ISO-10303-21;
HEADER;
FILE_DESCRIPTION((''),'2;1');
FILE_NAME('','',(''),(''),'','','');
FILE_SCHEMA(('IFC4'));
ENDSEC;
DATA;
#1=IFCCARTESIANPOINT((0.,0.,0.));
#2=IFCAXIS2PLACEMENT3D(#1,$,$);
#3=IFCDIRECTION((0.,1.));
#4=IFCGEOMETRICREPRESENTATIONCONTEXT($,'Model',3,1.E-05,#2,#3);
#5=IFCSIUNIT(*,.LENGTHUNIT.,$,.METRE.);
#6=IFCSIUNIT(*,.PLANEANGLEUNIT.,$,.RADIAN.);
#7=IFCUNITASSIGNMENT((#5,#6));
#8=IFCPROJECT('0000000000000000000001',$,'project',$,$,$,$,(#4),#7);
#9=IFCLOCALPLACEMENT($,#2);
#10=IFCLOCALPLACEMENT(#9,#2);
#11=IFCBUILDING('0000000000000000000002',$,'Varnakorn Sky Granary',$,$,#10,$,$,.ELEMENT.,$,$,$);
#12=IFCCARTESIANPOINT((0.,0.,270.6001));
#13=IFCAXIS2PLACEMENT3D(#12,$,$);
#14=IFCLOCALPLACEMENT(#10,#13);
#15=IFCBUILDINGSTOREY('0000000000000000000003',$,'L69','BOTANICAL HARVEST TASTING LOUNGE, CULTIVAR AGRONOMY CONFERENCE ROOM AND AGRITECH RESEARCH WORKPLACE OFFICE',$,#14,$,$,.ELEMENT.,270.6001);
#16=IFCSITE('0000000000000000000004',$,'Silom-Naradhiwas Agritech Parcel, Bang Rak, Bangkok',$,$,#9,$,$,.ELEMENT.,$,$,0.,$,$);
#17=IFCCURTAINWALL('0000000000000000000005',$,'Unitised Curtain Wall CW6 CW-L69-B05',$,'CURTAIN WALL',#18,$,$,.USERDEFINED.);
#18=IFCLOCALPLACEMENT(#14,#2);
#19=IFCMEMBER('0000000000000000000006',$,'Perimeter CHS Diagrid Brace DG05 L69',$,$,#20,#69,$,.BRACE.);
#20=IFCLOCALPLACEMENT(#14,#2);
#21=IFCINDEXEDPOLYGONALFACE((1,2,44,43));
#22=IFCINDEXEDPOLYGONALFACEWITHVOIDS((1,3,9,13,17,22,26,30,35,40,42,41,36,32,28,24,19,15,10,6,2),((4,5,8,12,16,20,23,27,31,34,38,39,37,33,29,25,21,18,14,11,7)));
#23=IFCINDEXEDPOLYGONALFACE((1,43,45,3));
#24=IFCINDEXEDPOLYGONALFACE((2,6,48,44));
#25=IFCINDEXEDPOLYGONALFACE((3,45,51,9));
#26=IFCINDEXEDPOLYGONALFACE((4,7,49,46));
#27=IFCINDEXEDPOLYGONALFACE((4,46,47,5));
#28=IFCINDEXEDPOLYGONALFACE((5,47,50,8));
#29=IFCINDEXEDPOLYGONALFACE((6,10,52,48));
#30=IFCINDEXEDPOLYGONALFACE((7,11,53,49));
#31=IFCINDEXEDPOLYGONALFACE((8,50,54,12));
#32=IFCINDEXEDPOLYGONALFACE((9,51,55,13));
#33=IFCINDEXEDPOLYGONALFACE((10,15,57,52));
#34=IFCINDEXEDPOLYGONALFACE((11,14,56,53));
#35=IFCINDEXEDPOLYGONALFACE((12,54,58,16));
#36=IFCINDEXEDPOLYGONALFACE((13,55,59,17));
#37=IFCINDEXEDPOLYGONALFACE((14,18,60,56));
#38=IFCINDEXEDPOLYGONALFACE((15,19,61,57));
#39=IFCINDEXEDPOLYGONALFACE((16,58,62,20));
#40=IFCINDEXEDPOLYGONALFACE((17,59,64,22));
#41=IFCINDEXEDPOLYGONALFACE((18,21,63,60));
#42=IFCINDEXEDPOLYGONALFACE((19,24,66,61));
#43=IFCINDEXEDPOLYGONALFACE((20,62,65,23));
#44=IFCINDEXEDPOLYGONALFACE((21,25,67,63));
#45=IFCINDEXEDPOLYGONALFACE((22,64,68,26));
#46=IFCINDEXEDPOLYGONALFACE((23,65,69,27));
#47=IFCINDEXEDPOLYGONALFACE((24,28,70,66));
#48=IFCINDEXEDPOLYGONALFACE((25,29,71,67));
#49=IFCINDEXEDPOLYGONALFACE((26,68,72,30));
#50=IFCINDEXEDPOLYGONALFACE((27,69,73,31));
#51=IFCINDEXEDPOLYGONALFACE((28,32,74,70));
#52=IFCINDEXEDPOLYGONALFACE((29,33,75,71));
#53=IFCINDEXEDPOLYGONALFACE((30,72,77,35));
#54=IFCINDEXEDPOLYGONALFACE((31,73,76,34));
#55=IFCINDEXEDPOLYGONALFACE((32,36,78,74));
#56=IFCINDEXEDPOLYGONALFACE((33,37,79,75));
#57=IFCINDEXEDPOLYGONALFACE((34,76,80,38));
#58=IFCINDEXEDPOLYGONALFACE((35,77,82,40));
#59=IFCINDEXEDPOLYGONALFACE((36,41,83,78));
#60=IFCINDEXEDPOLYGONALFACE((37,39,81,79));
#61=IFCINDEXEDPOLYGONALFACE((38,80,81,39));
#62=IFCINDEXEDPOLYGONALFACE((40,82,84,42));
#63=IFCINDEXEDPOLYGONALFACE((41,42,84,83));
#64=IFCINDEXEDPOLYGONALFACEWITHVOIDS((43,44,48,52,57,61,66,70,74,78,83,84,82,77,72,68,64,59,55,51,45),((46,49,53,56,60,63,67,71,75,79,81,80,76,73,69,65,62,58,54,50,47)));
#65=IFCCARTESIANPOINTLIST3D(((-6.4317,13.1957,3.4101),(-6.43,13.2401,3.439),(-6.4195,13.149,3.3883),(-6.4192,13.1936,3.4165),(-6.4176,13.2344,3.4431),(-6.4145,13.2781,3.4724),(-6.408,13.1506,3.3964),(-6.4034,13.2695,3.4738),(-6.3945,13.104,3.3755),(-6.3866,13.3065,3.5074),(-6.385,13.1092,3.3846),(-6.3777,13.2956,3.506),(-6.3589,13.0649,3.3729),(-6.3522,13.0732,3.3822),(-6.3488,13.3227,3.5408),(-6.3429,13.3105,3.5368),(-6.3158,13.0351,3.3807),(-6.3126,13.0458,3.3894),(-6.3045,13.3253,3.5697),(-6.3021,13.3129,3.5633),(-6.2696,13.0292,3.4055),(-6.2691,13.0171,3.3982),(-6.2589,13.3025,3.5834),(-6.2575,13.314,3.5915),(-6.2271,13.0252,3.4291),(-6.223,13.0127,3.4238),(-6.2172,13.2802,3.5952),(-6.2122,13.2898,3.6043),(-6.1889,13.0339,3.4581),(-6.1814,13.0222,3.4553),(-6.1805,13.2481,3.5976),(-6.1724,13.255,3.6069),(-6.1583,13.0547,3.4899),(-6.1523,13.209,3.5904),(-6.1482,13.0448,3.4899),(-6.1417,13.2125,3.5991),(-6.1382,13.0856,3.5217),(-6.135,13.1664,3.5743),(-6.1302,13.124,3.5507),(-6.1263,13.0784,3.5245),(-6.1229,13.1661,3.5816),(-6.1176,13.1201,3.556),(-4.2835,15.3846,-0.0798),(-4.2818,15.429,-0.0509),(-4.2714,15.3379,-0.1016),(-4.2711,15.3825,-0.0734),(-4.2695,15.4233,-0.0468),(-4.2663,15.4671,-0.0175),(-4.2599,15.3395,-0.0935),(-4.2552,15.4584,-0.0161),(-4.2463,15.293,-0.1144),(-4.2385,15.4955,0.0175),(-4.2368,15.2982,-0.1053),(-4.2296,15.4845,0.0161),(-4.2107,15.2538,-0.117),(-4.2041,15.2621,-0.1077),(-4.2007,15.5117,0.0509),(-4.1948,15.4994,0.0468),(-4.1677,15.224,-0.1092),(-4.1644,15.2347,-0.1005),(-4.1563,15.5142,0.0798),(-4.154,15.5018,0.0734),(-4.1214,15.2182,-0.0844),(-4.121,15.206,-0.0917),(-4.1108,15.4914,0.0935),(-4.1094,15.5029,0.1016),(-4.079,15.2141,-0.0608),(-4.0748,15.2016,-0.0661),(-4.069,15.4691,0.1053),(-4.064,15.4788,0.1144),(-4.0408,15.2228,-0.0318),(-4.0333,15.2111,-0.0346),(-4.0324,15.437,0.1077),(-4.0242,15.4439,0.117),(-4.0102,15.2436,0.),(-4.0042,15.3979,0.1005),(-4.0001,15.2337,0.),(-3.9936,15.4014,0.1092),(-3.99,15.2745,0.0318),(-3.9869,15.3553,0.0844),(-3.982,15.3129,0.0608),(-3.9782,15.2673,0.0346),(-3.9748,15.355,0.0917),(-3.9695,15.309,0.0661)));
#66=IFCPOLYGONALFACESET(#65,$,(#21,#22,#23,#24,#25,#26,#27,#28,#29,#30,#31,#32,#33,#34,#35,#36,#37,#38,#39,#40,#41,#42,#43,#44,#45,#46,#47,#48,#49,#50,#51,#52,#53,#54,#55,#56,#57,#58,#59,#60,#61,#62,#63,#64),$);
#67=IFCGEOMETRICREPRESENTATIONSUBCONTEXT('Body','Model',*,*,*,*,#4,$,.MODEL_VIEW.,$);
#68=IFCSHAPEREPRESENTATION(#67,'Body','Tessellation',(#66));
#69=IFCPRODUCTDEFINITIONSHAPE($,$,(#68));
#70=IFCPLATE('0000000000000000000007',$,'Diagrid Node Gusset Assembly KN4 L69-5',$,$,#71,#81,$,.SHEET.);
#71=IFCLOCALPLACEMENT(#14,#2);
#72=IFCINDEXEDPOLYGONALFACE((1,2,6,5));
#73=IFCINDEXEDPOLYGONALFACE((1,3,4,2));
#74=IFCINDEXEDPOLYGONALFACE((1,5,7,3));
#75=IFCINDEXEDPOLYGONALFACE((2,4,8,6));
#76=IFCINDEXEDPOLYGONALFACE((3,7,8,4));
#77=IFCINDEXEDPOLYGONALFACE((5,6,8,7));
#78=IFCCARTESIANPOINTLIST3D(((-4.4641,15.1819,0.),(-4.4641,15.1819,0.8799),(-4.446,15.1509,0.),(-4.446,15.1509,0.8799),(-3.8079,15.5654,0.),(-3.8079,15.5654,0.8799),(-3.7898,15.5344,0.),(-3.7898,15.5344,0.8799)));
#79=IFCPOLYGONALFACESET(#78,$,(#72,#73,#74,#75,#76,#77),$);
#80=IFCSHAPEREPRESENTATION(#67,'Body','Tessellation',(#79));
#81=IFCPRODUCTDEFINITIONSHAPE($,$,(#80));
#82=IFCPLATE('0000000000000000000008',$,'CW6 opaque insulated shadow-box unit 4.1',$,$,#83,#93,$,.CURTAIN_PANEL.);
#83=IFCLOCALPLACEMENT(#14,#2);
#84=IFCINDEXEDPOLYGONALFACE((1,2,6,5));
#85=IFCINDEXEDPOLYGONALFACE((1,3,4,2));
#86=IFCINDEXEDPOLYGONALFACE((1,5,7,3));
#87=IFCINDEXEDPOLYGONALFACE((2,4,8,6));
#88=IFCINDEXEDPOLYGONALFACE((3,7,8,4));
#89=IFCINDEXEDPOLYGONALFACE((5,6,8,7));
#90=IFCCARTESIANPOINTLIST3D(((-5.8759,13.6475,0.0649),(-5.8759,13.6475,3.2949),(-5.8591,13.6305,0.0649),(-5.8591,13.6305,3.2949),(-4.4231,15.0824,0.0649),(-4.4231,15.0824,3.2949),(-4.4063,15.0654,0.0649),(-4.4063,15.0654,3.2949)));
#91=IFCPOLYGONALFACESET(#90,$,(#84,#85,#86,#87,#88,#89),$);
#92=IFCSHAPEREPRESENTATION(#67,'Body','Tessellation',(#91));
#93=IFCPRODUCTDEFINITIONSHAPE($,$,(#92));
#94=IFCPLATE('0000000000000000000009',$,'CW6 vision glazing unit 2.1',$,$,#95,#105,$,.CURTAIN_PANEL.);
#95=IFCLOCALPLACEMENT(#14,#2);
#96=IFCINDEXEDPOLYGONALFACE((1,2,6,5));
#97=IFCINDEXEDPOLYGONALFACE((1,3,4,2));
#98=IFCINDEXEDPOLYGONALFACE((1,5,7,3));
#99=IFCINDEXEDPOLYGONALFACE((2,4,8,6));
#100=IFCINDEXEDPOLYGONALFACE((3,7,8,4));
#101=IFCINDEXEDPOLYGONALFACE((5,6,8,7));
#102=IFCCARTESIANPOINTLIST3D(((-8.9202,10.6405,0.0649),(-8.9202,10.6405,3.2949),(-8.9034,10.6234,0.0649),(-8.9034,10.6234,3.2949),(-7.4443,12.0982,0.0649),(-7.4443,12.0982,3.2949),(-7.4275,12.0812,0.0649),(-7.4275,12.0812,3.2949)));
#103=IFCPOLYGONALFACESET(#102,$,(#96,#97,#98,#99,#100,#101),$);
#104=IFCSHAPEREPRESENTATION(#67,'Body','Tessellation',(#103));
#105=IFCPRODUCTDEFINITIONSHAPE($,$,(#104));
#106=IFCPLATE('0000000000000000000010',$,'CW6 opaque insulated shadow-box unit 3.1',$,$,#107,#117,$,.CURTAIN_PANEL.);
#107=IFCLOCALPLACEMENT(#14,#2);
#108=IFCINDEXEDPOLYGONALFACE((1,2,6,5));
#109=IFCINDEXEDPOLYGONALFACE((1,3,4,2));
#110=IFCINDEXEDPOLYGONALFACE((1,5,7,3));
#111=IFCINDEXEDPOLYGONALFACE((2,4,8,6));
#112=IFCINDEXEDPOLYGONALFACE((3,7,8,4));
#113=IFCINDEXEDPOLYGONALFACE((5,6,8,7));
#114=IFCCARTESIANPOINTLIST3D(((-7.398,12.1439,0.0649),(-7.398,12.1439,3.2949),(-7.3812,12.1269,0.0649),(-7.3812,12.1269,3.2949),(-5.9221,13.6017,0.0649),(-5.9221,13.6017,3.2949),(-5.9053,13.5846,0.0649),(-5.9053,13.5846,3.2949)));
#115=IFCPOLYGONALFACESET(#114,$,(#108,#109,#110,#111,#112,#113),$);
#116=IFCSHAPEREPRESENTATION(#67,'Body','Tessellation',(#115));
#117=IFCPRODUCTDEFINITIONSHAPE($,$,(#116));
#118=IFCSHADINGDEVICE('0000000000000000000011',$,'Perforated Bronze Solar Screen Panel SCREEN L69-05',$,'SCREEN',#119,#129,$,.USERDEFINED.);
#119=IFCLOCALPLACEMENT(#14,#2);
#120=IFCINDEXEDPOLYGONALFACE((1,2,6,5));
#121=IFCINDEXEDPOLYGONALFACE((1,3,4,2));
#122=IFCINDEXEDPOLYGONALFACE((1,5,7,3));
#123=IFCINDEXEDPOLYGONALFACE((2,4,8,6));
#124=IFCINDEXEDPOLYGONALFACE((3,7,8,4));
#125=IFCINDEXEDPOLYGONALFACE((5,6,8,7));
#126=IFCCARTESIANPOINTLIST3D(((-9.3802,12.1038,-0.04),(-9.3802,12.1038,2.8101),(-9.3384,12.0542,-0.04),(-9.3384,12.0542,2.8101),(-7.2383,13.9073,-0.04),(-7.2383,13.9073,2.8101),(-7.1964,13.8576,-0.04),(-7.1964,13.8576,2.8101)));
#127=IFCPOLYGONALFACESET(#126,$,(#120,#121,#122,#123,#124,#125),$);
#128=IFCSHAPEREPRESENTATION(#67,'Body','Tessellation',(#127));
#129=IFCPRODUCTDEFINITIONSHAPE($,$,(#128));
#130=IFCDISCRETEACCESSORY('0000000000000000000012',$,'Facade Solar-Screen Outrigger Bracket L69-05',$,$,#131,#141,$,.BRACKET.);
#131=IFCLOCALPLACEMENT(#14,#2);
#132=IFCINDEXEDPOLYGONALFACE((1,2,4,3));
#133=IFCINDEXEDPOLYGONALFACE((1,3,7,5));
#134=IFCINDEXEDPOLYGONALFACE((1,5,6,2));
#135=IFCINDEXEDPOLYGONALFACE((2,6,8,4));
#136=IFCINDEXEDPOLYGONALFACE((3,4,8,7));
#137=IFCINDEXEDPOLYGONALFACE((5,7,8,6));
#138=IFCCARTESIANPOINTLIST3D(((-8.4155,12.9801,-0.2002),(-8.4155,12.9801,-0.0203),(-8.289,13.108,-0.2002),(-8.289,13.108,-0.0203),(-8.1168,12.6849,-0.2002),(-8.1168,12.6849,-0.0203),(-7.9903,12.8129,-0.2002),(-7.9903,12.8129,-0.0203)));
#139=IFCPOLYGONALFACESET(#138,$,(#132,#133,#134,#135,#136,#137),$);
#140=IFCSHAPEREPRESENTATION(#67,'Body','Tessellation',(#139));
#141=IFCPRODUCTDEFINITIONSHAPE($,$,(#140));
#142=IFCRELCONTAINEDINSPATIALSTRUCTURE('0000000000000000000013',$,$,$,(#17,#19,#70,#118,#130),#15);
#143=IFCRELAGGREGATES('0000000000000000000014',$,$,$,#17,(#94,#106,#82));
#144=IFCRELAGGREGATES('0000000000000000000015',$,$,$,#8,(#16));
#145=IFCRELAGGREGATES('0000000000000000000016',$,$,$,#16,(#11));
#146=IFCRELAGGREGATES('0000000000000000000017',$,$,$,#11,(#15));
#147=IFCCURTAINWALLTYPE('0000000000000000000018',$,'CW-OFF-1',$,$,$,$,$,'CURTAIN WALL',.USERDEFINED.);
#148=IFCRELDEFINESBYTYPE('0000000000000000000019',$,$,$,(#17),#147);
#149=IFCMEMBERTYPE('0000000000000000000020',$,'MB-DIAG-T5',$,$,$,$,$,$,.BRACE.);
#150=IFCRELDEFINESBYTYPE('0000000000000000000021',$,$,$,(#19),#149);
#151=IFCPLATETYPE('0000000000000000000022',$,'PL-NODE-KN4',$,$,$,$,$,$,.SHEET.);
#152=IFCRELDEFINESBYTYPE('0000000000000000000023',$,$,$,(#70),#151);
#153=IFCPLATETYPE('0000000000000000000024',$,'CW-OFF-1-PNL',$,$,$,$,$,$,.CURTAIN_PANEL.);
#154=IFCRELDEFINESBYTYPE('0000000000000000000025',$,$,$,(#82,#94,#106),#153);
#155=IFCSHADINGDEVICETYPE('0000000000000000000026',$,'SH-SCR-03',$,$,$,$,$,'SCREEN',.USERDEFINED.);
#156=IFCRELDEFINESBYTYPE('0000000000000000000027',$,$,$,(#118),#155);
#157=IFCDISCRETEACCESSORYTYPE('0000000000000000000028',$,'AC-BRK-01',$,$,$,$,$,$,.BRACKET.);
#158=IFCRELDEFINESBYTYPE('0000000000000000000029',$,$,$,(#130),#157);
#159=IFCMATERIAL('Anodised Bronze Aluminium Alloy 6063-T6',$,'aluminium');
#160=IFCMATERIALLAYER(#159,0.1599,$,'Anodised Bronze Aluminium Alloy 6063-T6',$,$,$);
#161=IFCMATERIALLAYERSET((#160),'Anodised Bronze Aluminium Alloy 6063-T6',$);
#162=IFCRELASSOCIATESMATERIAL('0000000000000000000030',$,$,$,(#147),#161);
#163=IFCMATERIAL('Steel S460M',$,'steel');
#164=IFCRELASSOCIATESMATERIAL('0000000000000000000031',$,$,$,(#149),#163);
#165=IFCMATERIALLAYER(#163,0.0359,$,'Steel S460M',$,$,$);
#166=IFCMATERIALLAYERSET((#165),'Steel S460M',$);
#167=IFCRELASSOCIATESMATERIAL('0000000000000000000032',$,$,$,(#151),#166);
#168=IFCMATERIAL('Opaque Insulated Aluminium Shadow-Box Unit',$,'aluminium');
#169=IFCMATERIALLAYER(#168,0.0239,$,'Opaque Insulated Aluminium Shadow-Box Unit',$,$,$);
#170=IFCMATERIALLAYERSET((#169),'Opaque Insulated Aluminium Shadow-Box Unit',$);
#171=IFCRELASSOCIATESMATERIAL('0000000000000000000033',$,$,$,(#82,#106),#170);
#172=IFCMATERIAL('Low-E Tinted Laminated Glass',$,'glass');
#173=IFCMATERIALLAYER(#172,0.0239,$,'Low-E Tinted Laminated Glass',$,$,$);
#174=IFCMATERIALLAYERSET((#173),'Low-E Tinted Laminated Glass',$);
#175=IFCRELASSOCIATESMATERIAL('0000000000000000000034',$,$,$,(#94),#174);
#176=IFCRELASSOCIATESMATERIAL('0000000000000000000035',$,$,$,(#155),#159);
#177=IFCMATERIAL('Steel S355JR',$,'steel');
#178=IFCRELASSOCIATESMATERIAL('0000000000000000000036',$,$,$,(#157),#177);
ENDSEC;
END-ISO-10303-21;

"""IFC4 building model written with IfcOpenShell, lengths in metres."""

from ifc_helpers import new_model, si_unit, direction, frame, origin, origin_2d, place, context, subcontext, project, spatial, rectangle, hollow_circle, extrude, source, transform, mapped, material, layer, layer_set, material_profile, profile_set, type_object, type_shapes, element, aggregate, save


model = new_model("IFC4")

# Units and contexts
model_context = context("Model", 3, precision=1e-05, world=origin(), true_north=direction((0.0, 1.0)))
body_context = subcontext(model_context, "Body", "Model", "MODEL_VIEW")
ifc_project = project(units=[si_unit("LENGTHUNIT", "METRE"), si_unit("PLANEANGLEUNIT", "RADIAN")], contexts=[model_context])

# Site, building, storey
site_placement = place(None, origin())
site = spatial("IfcSite", under=ifc_project, at=site_placement, Name="Silom-Naradhiwas Agritech Parcel, Bang Rak, Bangkok", CompositionType="ELEMENT", RefElevation=0.0)
building_placement = place(site_placement, origin())
building = spatial("IfcBuilding", under=site, at=building_placement, Name="Varnakorn Sky Granary", CompositionType="ELEMENT")
storey_placement = place(building_placement, frame((0.0, 0.0, 270.6001)))
storey = spatial("IfcBuildingStorey", under=building, at=storey_placement, Name="L69", Description="BOTANICAL HARVEST TASTING LOUNGE, CULTIVAR AGRONOMY CONFERENCE ROOM AND AGRITECH RESEARCH WORKPLACE OFFICE", CompositionType="ELEMENT", Elevation=270.6001)

# Shared definitions
ifc_material_1 = material(Name="Steel S460M", Category="steel")

# Shared definitions
ifc_material_2 = material(Name="Steel S355JR", Category="steel")

# Shared definitions
ifc_material_3 = material(Name="Anodised Bronze Aluminium Alloy 6063-T6", Category="aluminium")
ifc_layer_1 = layer(ifc_material_3, 0.1599, Name="Anodised Bronze Aluminium Alloy 6063-T6")
ifc_layer_set_1 = layer_set([ifc_layer_1], Name="Anodised Bronze Aluminium Alloy 6063-T6")
curtain_wall_type = type_object("IfcCurtainWallType", Name="CW-OFF-1", ElementType="CURTAIN WALL", PredefinedType="USERDEFINED", material=ifc_layer_set_1)

# Curtain wall
curtain_wall_1_placement = place(storey_placement, origin())
curtain_wall_1 = element("IfcCurtainWall", 1, at=curtain_wall_1_placement, inside=storey, type_object=curtain_wall_type, Name="Unitised Curtain Wall CW6 CW-L69-B05", ObjectType="CURTAIN WALL", PredefinedType="USERDEFINED")

# Member
ifc_material_profile_1 = material_profile(ifc_material_1, hollow_circle(Radius=0.1777, WallThickness=0.0142, at=origin_2d()), Name="CHS 355.6x14")
ifc_profile_set_1 = profile_set([ifc_material_profile_1], Name="Steel S460M")
member_type_1 = type_object("IfcMemberType", Name="MB-DIAG-T5", PredefinedType="BRACE", material=ifc_profile_set_1)
member_1_placement = place(storey_placement, frame((-4.127, 15.3582, 0.0), z_axis=(-0.462364, -0.471139, 0.751164), x_axis=(0.713722, -0.700429, 0.0)))
element("IfcMember", 2, at=member_1_placement, inside=storey, type_object=member_type_1, Name="Perimeter CHS Diagrid Brace DG05 L69", PredefinedType="BRACE", context=body_context, shape_type="SweptSolid", body=[
    extrude(hollow_circle(Radius=0.1777, WallThickness=0.0142, at=origin_2d()), origin(), (0.0, 0.0, 1.0), 4.646),
])

# Plates
ifc_layer_2 = layer(ifc_material_1, 0.0359, Name="Steel S460M")
ifc_layer_set_2 = layer_set([ifc_layer_2], Name="Steel S460M")
plate_type_1 = type_object("IfcPlateType", Name="PL-NODE-KN4", PredefinedType="SHEET", material=ifc_layer_set_2)
plate_1_placement = place(storey_placement, frame((-4.127, 15.3582, 0.0), z_axis=(0.0, 0.0, 1.0), x_axis=(-0.863336, -0.50463, 0.0)))
element("IfcPlate", 3, at=plate_1_placement, inside=storey, type_object=plate_type_1, Name="Diagrid Node Gusset Assembly KN4 L69-5", PredefinedType="SHEET", context=body_context, shape_type="SweptSolid", body=[
    extrude(rectangle(XDim=0.76, YDim=0.0359, at=origin_2d()), origin(), (0.0, 0.0, 1.0), 0.8799),
])
ifc_material_4 = material(Name="Opaque Insulated Aluminium Shadow-Box Unit", Category="aluminium")
ifc_layer_3 = layer(ifc_material_4, 0.0239, Name="Opaque Insulated Aluminium Shadow-Box Unit")
ifc_layer_set_3 = layer_set([ifc_layer_3], Name="Opaque Insulated Aluminium Shadow-Box Unit")
plate_type_2 = type_object("IfcPlateType", Name="CW-OFF-1-PNL", PredefinedType="CURTAIN_PANEL")
shared_shape_1 = source(origin(), body_context, "Body", "SweptSolid", [
    extrude(rectangle(XDim=2.042, YDim=0.0239, at=origin_2d()), origin(), (0.0, 0.0, 1.0), 3.23),
])
plate_2_placement = place(storey_placement, frame((-5.1411, 14.3564, 0.0649), z_axis=(0.0, 0.0, 1.0), x_axis=(0.711458, 0.702729, 0.0)))
plate_2 = element("IfcPlate", 4, at=plate_2_placement, type_object=plate_type_2, material=ifc_layer_set_3, Name="CW6 opaque insulated shadow-box unit 4.1", PredefinedType="CURTAIN_PANEL", context=body_context, shape_type="MappedRepresentation", body=[
    mapped(shared_shape_1, transform((0.0, 0.0, 0.0), x_axis=(1.0, 0.0, 0.0), y_axis=(0.0, 1.0, 0.0), z_axis=(0.0, 0.0, 1.0), scale=1.0)),
])
ifc_material_5 = material(Name="Low-E Tinted Laminated Glass", Category="glass")
ifc_layer_4 = layer(ifc_material_5, 0.0239, Name="Low-E Tinted Laminated Glass")
ifc_layer_set_4 = layer_set([ifc_layer_4], Name="Low-E Tinted Laminated Glass")
shared_shape_2 = source(origin(), body_context, "Body", "SweptSolid", [
    extrude(rectangle(XDim=2.0745, YDim=0.0239, at=origin_2d()), origin(), (0.0, 0.0, 1.0), 3.23),
])
type_shapes(plate_type_2, [shared_shape_1, shared_shape_2])
plate_3_placement = place(storey_placement, frame((-8.1738, 11.3608, 0.0649), z_axis=(0.0, 0.0, 1.0), x_axis=(0.711458, 0.702729, 0.0)))
plate_3 = element("IfcPlate", 5, at=plate_3_placement, type_object=plate_type_2, material=ifc_layer_set_4, Name="CW6 vision glazing unit 2.1", PredefinedType="CURTAIN_PANEL", context=body_context, shape_type="MappedRepresentation", body=[
    mapped(shared_shape_2, transform((0.0, 0.0, 0.0), x_axis=(1.0, 0.0, 0.0), y_axis=(0.0, 1.0, 0.0), z_axis=(0.0, 0.0, 1.0), scale=1.0)),
])
plate_4_placement = place(storey_placement, frame((-6.6516, 12.8643, 0.0649), z_axis=(0.0, 0.0, 1.0), x_axis=(0.711458, 0.702729, 0.0)))
plate_4 = element("IfcPlate", 6, at=plate_4_placement, type_object=plate_type_2, material=ifc_layer_set_3, Name="CW6 opaque insulated shadow-box unit 3.1", PredefinedType="CURTAIN_PANEL", context=body_context, shape_type="MappedRepresentation", body=[
    mapped(shared_shape_2, transform((0.0, 0.0, 0.0), x_axis=(1.0, 0.0, 0.0), y_axis=(0.0, 1.0, 0.0), z_axis=(0.0, 0.0, 1.0), scale=1.0)),
])
aggregate(curtain_wall_1, [plate_3, plate_4, plate_2])

# Shading device
shading_device_type = type_object("IfcShadingDeviceType", Name="SH-SCR-03", ElementType="SCREEN", PredefinedType="USERDEFINED", material=ifc_material_3)
shared_shape_3 = source(origin(), body_context, "Body", "SweptSolid", [
    extrude(rectangle(XDim=2.8, YDim=0.0649, at=origin_2d()), origin(), (0.0, 0.0, 1.0), 2.8501),
])
type_shapes(shading_device_type, [shared_shape_3])
shading_device_placement = place(storey_placement, frame((-8.2883, 12.9807, -0.04), z_axis=(0.0, 0.0, 1.0), x_axis=(-0.764971, -0.644065, 0.0)))
element("IfcShadingDevice", 7, at=shading_device_placement, inside=storey, type_object=shading_device_type, Name="Perforated Bronze Solar Screen Panel SCREEN L69-05", ObjectType="SCREEN", PredefinedType="USERDEFINED", context=body_context, shape_type="MappedRepresentation", body=[
    mapped(shared_shape_3, transform((0.0, 0.0, 0.0), x_axis=(1.0, 0.0, 0.0), y_axis=(0.0, 1.0, 0.0), z_axis=(0.0, 0.0, 1.0), scale=1.0)),
])

# Discrete accessory
discrete_accessory_type = type_object("IfcDiscreteAccessoryType", Name="AC-BRK-01", PredefinedType="BRACKET", material=ifc_material_2)
shared_shape_4 = source(origin(), body_context, "Body", "SweptSolid", [
    extrude(rectangle(XDim=0.1799, YDim=0.4199, at=origin_2d()), origin(), (0.0, 0.0, 1.0), 0.1799),
])
type_shapes(discrete_accessory_type, [shared_shape_4])
discrete_accessory_placement = place(storey_placement, frame((-8.2029, 12.8965, -0.2002), z_axis=(0.0, 0.0, 1.0), x_axis=(-0.702829, -0.711359, 0.0)))
element("IfcDiscreteAccessory", 8, at=discrete_accessory_placement, inside=storey, type_object=discrete_accessory_type, Name="Facade Solar-Screen Outrigger Bracket L69-05", PredefinedType="BRACKET", context=body_context, shape_type="MappedRepresentation", body=[
    mapped(shared_shape_4, transform((0.0, 0.0, 0.0), x_axis=(1.0, 0.0, 0.0), y_axis=(0.0, 1.0, 0.0), z_axis=(0.0, 0.0, 1.0), scale=1.0)),
])

save(model, "model.ifc")
